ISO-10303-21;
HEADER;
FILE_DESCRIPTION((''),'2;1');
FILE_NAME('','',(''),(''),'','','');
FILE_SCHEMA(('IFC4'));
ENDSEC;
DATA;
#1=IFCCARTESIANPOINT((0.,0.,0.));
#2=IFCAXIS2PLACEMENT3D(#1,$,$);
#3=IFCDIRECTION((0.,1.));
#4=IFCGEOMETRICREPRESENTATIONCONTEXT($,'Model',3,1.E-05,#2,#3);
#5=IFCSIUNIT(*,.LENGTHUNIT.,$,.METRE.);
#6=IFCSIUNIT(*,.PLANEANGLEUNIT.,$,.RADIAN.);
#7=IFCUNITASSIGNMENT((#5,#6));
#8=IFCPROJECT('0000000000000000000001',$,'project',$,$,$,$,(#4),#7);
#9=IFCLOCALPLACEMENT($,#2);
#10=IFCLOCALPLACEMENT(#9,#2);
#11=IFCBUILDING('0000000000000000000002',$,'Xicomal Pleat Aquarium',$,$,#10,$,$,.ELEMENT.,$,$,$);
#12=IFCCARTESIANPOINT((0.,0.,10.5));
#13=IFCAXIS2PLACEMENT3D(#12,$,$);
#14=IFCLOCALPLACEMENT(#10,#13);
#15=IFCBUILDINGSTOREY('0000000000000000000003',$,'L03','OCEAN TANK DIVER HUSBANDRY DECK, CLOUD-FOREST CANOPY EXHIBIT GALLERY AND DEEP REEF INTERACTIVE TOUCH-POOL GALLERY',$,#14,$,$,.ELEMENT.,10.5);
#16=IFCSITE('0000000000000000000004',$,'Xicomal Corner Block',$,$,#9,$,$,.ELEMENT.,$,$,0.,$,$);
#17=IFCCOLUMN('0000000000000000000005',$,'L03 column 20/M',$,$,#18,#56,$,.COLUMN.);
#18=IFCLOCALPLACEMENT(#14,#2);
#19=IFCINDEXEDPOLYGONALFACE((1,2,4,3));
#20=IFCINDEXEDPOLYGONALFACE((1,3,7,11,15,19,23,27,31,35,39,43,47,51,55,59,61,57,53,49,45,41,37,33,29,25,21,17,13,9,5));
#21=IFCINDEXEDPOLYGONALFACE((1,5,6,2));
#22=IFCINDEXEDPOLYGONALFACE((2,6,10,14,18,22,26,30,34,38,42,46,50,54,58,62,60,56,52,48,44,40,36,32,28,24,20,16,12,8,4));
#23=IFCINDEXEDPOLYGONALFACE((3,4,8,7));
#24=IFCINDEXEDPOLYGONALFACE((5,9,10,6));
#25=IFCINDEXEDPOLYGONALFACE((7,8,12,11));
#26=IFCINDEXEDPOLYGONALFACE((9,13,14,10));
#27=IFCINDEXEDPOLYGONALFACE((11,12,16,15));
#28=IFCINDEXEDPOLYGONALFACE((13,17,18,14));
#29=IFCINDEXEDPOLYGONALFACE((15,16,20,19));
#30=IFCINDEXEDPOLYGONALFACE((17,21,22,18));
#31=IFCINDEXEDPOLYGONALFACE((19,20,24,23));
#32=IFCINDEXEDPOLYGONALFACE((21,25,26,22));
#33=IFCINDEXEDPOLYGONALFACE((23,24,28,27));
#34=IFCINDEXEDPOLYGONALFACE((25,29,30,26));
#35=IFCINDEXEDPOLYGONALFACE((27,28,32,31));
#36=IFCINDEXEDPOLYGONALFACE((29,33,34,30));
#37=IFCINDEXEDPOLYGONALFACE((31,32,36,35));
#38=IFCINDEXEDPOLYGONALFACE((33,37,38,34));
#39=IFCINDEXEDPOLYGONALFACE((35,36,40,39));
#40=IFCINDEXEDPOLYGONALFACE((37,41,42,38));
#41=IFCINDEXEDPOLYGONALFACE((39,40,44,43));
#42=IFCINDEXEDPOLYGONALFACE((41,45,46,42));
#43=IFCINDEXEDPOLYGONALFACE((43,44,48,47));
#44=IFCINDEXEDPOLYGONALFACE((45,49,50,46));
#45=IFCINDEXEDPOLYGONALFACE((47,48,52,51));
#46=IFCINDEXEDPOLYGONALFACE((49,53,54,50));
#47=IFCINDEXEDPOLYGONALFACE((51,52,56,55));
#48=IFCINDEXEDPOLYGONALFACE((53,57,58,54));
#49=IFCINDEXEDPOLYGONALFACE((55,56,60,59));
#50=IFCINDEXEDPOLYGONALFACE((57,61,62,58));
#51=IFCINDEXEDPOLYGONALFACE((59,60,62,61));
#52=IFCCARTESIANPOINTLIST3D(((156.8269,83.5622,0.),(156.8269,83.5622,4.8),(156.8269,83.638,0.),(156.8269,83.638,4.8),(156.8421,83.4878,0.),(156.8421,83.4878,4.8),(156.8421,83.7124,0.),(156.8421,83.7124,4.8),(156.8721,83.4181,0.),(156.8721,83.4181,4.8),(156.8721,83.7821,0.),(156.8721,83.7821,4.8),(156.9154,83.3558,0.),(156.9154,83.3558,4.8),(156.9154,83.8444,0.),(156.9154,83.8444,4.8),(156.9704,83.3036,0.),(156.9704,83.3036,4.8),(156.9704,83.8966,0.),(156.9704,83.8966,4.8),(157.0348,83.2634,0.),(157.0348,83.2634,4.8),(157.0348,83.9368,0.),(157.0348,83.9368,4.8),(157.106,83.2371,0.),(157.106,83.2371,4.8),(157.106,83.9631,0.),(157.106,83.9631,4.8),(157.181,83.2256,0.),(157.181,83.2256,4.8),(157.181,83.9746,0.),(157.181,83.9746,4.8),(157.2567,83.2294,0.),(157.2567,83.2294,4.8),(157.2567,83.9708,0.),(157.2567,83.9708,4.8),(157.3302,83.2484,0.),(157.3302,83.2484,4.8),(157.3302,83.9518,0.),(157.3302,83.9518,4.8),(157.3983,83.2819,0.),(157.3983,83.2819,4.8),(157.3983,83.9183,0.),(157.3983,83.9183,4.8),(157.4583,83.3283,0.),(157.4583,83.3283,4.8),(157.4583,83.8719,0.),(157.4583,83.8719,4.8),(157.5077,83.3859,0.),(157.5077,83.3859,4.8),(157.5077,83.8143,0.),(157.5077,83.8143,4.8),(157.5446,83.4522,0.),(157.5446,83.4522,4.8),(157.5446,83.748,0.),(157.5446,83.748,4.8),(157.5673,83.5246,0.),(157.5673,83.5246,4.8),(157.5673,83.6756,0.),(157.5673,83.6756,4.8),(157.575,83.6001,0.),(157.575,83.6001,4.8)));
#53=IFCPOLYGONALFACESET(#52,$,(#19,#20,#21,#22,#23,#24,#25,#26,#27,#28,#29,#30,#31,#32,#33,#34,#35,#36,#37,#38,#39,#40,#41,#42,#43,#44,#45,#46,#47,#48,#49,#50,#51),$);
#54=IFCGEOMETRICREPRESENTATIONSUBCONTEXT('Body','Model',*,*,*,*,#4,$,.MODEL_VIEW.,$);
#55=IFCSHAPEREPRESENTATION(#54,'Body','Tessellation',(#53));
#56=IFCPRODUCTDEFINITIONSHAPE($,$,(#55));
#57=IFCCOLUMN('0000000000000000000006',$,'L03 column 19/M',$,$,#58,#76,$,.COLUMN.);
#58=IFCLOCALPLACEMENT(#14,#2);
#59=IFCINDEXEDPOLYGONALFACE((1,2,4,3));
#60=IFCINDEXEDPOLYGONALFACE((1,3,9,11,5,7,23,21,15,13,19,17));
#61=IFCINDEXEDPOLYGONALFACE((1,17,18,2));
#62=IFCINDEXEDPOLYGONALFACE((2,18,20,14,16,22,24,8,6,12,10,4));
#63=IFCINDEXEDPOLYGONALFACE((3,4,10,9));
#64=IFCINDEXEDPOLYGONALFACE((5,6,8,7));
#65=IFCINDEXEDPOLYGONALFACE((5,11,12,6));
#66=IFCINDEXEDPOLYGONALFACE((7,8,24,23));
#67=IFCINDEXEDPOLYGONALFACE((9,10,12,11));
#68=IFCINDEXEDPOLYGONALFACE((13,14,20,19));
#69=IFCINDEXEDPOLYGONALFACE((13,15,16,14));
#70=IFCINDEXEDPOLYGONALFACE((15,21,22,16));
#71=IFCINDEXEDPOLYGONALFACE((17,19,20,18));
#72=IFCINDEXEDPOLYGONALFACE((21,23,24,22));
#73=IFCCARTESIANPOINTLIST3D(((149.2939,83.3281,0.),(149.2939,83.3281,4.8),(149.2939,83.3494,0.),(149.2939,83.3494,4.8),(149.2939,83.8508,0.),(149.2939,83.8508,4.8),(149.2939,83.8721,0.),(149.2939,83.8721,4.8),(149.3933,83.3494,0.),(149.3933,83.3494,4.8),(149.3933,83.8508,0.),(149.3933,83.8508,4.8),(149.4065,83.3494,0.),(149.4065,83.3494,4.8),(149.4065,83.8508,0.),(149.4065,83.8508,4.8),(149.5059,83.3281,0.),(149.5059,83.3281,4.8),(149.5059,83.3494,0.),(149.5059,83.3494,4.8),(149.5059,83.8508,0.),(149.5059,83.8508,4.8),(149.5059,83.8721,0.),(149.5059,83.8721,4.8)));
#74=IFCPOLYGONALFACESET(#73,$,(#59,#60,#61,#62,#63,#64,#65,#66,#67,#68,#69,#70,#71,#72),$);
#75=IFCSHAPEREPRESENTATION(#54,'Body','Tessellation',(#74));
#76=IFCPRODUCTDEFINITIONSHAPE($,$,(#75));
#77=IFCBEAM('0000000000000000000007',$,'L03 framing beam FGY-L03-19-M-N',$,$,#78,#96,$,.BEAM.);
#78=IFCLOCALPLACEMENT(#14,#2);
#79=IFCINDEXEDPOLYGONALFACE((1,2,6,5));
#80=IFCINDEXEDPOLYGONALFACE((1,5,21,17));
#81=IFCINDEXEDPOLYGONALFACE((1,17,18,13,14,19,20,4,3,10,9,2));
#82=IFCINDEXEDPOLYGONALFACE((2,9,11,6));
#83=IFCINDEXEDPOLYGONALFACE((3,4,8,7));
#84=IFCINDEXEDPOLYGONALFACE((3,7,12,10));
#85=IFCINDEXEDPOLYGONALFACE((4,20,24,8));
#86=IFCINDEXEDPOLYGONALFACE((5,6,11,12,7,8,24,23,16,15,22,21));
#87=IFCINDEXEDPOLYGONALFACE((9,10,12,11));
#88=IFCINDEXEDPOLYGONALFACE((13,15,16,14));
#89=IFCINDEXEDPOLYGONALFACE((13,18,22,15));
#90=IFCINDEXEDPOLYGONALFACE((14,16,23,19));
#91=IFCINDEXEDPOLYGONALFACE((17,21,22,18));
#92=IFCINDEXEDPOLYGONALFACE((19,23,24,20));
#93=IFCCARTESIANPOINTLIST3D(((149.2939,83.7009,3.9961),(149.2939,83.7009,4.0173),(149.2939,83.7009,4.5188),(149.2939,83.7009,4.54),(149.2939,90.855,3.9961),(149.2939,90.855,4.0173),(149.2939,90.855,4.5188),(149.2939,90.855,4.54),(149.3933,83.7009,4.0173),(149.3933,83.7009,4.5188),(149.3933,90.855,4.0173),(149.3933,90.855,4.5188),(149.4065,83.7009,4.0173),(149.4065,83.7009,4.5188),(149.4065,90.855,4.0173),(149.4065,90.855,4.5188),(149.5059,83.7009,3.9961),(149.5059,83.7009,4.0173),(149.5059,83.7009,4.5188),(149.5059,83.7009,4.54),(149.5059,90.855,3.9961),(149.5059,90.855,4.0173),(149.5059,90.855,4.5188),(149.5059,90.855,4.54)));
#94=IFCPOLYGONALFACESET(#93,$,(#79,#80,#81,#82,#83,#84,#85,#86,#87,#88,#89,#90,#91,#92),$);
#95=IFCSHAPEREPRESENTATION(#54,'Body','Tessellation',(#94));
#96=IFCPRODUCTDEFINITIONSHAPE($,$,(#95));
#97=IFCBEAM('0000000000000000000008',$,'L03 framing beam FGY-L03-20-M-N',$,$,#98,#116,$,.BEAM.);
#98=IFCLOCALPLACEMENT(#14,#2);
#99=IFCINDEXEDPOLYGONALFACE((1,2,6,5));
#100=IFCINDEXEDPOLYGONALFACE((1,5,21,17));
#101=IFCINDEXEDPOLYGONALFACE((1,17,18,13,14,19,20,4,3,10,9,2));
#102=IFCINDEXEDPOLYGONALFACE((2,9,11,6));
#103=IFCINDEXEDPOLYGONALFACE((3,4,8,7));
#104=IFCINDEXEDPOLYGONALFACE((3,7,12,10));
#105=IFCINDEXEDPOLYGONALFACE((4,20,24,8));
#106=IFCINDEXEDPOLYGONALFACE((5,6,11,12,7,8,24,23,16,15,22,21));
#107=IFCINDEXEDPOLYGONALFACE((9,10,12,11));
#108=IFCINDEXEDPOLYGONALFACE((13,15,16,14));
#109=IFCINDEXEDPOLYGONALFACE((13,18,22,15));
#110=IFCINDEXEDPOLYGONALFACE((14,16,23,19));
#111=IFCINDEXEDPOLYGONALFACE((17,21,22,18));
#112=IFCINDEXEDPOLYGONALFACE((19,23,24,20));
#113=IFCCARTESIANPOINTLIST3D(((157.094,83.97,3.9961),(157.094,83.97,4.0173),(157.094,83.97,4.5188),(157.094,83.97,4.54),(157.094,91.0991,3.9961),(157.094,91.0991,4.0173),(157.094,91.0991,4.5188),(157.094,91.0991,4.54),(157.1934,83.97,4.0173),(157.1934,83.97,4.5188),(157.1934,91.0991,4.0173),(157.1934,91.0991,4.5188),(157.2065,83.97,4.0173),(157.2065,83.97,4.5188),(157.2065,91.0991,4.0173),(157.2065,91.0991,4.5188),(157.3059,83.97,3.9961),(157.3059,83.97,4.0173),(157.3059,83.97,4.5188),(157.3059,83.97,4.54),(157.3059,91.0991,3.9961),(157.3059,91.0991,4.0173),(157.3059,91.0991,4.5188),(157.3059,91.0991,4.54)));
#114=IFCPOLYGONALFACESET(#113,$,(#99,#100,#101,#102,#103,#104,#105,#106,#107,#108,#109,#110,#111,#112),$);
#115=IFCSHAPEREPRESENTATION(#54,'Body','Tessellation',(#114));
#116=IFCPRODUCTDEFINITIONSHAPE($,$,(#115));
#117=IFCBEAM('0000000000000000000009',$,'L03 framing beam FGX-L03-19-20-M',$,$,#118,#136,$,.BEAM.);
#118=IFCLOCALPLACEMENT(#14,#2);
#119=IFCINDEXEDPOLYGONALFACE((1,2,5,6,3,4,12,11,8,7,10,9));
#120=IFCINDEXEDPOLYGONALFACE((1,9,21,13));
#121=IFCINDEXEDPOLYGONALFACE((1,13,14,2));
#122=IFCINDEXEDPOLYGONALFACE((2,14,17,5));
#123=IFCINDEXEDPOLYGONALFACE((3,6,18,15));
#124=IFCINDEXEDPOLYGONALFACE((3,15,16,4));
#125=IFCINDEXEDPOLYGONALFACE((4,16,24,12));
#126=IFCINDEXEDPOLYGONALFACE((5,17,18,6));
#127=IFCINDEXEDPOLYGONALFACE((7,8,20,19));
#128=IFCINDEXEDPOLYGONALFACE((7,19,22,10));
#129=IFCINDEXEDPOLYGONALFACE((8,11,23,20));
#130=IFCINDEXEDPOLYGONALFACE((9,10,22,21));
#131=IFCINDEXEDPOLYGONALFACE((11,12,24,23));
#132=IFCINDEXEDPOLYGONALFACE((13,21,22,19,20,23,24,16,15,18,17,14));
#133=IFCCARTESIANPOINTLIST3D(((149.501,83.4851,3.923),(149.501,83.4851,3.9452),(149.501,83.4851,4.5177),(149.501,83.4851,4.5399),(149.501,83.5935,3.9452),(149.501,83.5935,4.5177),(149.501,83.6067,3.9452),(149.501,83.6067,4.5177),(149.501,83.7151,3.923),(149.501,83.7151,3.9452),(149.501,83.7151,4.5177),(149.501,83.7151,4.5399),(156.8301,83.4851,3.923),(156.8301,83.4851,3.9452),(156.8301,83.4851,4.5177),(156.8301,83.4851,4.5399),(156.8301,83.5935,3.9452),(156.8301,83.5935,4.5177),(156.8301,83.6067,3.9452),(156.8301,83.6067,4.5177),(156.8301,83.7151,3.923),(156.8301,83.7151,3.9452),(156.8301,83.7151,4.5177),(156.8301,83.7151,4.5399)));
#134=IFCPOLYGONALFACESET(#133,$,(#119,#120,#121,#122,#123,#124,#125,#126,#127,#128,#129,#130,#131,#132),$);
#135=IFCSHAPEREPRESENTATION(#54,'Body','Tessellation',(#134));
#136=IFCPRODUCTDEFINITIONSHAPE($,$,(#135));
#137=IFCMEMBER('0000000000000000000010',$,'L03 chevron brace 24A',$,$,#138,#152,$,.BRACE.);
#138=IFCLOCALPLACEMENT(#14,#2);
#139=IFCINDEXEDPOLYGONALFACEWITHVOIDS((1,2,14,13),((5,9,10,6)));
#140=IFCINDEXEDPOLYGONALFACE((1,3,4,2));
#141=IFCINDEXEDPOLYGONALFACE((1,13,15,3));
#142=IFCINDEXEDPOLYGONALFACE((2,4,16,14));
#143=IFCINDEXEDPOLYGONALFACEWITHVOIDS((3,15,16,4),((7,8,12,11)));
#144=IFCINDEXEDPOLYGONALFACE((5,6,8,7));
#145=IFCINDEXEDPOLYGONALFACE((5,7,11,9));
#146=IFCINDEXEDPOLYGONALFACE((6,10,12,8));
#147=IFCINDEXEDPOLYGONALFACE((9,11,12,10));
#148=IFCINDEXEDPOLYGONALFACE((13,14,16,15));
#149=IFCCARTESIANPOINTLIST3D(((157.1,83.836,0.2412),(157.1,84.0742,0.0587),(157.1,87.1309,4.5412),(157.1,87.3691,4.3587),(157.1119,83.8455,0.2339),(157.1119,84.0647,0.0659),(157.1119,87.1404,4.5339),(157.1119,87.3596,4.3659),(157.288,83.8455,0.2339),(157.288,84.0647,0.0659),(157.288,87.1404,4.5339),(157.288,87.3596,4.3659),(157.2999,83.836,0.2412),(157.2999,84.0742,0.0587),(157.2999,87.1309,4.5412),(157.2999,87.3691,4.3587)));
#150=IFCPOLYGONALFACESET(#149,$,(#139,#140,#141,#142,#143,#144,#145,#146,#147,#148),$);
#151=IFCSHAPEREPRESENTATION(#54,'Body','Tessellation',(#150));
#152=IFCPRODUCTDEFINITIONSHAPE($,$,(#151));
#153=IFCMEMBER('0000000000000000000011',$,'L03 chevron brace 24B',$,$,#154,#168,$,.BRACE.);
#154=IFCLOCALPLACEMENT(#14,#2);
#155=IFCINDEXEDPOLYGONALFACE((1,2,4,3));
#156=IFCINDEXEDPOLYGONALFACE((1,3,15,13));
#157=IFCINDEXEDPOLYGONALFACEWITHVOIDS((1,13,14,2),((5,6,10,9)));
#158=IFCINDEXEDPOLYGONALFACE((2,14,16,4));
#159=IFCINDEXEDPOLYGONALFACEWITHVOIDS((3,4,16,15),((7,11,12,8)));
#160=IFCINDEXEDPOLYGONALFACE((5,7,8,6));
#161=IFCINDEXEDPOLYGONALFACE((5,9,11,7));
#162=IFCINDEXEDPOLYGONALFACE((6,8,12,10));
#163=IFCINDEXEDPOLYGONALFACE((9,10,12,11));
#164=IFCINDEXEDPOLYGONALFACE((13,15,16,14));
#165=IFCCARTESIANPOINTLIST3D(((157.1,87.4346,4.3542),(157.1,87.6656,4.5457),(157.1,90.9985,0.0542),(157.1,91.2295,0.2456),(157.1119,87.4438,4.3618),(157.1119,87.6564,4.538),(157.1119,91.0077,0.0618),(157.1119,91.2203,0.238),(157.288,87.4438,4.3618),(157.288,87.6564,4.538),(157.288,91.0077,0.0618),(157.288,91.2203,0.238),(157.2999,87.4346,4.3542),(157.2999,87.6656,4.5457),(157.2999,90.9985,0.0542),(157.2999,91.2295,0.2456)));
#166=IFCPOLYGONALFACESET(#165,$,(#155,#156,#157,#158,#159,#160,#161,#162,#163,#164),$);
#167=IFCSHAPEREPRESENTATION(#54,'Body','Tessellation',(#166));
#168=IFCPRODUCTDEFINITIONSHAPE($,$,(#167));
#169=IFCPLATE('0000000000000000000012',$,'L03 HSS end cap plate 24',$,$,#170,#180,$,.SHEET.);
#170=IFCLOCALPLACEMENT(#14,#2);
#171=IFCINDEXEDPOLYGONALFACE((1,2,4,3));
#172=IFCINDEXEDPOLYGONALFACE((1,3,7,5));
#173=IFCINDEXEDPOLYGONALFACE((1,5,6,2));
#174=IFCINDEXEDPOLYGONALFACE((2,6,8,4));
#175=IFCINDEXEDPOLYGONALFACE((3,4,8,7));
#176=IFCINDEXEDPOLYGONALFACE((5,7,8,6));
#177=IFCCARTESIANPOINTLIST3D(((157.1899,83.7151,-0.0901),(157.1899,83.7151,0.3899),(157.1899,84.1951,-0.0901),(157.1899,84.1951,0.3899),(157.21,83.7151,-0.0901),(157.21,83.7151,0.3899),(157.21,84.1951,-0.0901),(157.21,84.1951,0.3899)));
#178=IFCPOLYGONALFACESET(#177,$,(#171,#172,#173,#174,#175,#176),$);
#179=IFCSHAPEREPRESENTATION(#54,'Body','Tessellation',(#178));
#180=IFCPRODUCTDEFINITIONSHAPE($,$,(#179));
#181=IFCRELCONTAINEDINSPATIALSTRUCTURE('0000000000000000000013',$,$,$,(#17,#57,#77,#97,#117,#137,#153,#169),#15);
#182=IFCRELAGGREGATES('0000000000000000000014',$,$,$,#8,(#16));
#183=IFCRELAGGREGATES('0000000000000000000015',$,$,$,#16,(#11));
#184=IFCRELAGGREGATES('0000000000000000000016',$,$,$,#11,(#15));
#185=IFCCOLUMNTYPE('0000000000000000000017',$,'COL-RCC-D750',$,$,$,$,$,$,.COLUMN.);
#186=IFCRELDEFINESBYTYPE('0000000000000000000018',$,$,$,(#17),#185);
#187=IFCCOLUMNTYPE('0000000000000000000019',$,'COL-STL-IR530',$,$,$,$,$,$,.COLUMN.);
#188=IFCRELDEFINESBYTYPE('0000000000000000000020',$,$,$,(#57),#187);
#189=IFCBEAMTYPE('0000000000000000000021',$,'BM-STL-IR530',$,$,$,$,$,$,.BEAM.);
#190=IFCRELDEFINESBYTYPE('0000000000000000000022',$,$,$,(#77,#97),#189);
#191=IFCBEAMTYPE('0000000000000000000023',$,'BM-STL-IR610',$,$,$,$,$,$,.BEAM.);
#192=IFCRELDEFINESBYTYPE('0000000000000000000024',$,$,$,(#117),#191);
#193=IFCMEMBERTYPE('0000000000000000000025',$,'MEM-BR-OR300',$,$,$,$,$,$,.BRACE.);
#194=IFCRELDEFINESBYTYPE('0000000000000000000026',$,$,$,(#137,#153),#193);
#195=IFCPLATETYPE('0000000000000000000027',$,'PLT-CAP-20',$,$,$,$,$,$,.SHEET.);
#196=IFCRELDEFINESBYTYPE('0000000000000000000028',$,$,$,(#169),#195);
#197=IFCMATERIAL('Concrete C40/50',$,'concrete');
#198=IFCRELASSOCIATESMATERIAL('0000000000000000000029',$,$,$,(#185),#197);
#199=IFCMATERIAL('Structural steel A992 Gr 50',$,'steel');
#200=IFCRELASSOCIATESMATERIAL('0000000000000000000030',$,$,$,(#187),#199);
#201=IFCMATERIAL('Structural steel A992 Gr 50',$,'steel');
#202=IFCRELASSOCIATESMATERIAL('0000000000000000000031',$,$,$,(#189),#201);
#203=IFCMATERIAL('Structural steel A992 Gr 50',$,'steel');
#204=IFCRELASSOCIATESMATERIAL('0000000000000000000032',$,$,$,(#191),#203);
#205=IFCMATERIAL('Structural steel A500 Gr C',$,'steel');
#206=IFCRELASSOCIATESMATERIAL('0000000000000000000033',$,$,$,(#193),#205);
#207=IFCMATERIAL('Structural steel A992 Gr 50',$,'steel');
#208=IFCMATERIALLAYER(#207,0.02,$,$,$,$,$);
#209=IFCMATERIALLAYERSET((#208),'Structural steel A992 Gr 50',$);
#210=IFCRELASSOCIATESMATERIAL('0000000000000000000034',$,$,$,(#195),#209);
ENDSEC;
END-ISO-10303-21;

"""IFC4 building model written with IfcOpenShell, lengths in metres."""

from ifc_helpers import new_model, si_unit, direction, frame, origin, origin_2d, place, context, subcontext, project, spatial, rectangle, hollow_rectangle, circle, i_section, extrude, material, layer, layer_set, material_profile, profile_set, type_object, element, save


model = new_model("IFC4")

# Units and contexts
model_context = context("Model", 3, precision=1e-05, world=origin(), true_north=direction((0.0, 1.0)))
body_context = subcontext(model_context, "Body", "Model", "MODEL_VIEW")
ifc_project = project(units=[si_unit("LENGTHUNIT", "METRE"), si_unit("PLANEANGLEUNIT", "RADIAN")], contexts=[model_context])

# Site, building, storey
site_placement = place(None, origin())
site = spatial("IfcSite", under=ifc_project, at=site_placement, Name="Xicomal Corner Block", CompositionType="ELEMENT", RefElevation=0.0)
building_placement = place(site_placement, origin())
building = spatial("IfcBuilding", under=site, at=building_placement, Name="Xicomal Pleat Aquarium", CompositionType="ELEMENT")
storey_placement = place(building_placement, frame((0.0, 0.0, 10.5)))
storey = spatial("IfcBuildingStorey", under=building, at=storey_placement, Name="L03", Description="OCEAN TANK DIVER HUSBANDRY DECK, CLOUD-FOREST CANOPY EXHIBIT GALLERY AND DEEP REEF INTERACTIVE TOUCH-POOL GALLERY", CompositionType="ELEMENT", Elevation=10.5)

# Columns
ifc_material_1 = material(Name="Concrete C40/50", Category="concrete")
ifc_material_profile_1 = material_profile(ifc_material_1, circle(Radius=0.375, at=origin_2d()), Name="RCC D750")
ifc_profile_set_1 = profile_set([ifc_material_profile_1], Name="Concrete C40/50")
column_type_1 = type_object("IfcColumnType", Name="COL-RCC-D750", PredefinedType="COLUMN", material=ifc_profile_set_1)
column_1_placement = place(storey_placement, frame((157.2, 83.6001, 0.0), z_axis=(0.0, 0.0, 1.0), x_axis=(1.0, 0.0, 0.0)))
element("IfcColumn", 1, at=column_1_placement, inside=storey, type_object=column_type_1, Name="L03 column 20/M", PredefinedType="COLUMN", context=body_context, shape_type="SweptSolid", body=[
    extrude(circle(Radius=0.375, at=origin_2d()), origin(), (0.0, 0.0, 1.0), 4.8),
])
ifc_material_2 = material(Name="Structural steel A992 Gr 50", Category="steel")
ifc_material_profile_2 = material_profile(ifc_material_2, i_section(OverallWidth=0.2119, OverallDepth=0.5439, WebThickness=0.0132, FlangeThickness=0.0212, at=origin_2d()), Name="IR 530x123")
ifc_profile_set_2 = profile_set([ifc_material_profile_2], Name="Structural steel A992 Gr 50")
column_type_2 = type_object("IfcColumnType", Name="COL-STL-IR530", PredefinedType="COLUMN", material=ifc_profile_set_2)
column_2_placement = place(storey_placement, frame((149.3999, 83.6001, 0.0), z_axis=(0.0, 0.0, 1.0), x_axis=(1.0, 0.0, 0.0)))
element("IfcColumn", 2, at=column_2_placement, inside=storey, type_object=column_type_2, Name="L03 column 19/M", PredefinedType="COLUMN", context=body_context, shape_type="SweptSolid", body=[
    extrude(i_section(OverallWidth=0.2119, OverallDepth=0.5439, WebThickness=0.0132, FlangeThickness=0.0212, at=origin_2d()), origin(), (0.0, 0.0, 1.0), 4.8),
])

# Beams
ifc_material_3 = material(Name="Structural steel A992 Gr 50", Category="steel")
ifc_material_profile_3 = material_profile(ifc_material_3, i_section(OverallWidth=0.2119, OverallDepth=0.5439, WebThickness=0.0132, FlangeThickness=0.0212, at=origin_2d()), Name="IR 530x123")
ifc_profile_set_3 = profile_set([ifc_material_profile_3], Name="Structural steel A992 Gr 50")
beam_type_1 = type_object("IfcBeamType", Name="BM-STL-IR530", PredefinedType="BEAM", material=ifc_profile_set_3)
beam_1_placement = place(storey_placement, frame((149.3999, 83.7009, 4.2681), z_axis=(0.0, 1.0, 0.0), x_axis=(-1.0, 0.0, 0.0)))
element("IfcBeam", 3, at=beam_1_placement, inside=storey, type_object=beam_type_1, Name="L03 framing beam FGY-L03-19-M-N", PredefinedType="BEAM", context=body_context, shape_type="SweptSolid", body=[
    extrude(i_section(OverallWidth=0.2119, OverallDepth=0.5439, WebThickness=0.0132, FlangeThickness=0.0212, at=origin_2d()), origin(), (0.0, 0.0, 1.0), 7.1541),
])
beam_2_placement = place(storey_placement, frame((157.2, 83.97, 4.2681), z_axis=(0.0, 1.0, 0.0), x_axis=(-1.0, 0.0, 0.0)))
element("IfcBeam", 4, at=beam_2_placement, inside=storey, type_object=beam_type_1, Name="L03 framing beam FGY-L03-20-M-N", PredefinedType="BEAM", context=body_context, shape_type="SweptSolid", body=[
    extrude(i_section(OverallWidth=0.2119, OverallDepth=0.5439, WebThickness=0.0132, FlangeThickness=0.0212, at=origin_2d()), origin(), (0.0, 0.0, 1.0), 7.1292),
])
ifc_material_4 = material(Name="Structural steel A992 Gr 50", Category="steel")
ifc_material_profile_4 = material_profile(ifc_material_4, i_section(OverallWidth=0.23, OverallDepth=0.6169, WebThickness=0.0132, FlangeThickness=0.0222, at=origin_2d()), Name="IR 610x140")
ifc_profile_set_4 = profile_set([ifc_material_profile_4], Name="Structural steel A992 Gr 50")
beam_type_2 = type_object("IfcBeamType", Name="BM-STL-IR610", PredefinedType="BEAM", material=ifc_profile_set_4)
beam_3_placement = place(storey_placement, frame((149.501, 83.6001, 4.2314), z_axis=(1.0, 0.0, 0.0), x_axis=(0.0, 1.0, 0.0)))
element("IfcBeam", 5, at=beam_3_placement, inside=storey, type_object=beam_type_2, Name="L03 framing beam FGX-L03-19-20-M", PredefinedType="BEAM", context=body_context, shape_type="SweptSolid", body=[
    extrude(i_section(OverallWidth=0.23, OverallDepth=0.6169, WebThickness=0.0132, FlangeThickness=0.0222, at=origin_2d()), origin(), (0.0, 0.0, 1.0), 7.3291),
])

# Members
ifc_material_5 = material(Name="Structural steel A500 Gr C", Category="steel")
ifc_material_profile_5 = material_profile(ifc_material_5, hollow_rectangle(XDim=0.2, YDim=0.3, WallThickness=0.012, at=origin_2d()), Name="OR 300x200x12")
ifc_profile_set_5 = profile_set([ifc_material_profile_5], Name="Structural steel A500 Gr C")
member_type = type_object("IfcMemberType", Name="MEM-BR-OR300", PredefinedType="BRACE", material=ifc_profile_set_5)
member_1_placement = place(storey_placement, frame((157.2, 83.9551, 0.1499), z_axis=(0.0, 0.608224, 0.793765), x_axis=(-1.0, 0.0, 0.0)))
element("IfcMember", 6, at=member_1_placement, inside=storey, type_object=member_type, Name="L03 chevron brace 24A", PredefinedType="BRACE", context=body_context, shape_type="SweptSolid", body=[
    extrude(hollow_rectangle(XDim=0.2, YDim=0.3, WallThickness=0.012, at=origin_2d()), origin(), (0.0, 0.0, 1.0), 5.4172),
])
member_2_placement = place(storey_placement, frame((157.2, 91.114, 0.1499), z_axis=(0.0, -0.638131, 0.769928), x_axis=(1.0, 0.0, 0.0)))
element("IfcMember", 7, at=member_2_placement, inside=storey, type_object=member_type, Name="L03 chevron brace 24B", PredefinedType="BRACE", context=body_context, shape_type="SweptSolid", body=[
    extrude(hollow_rectangle(XDim=0.2, YDim=0.3, WallThickness=0.012, at=origin_2d()), origin(), (0.0, 0.0, 1.0), 5.585),
])

# Plate
ifc_material_6 = material(Name="Structural steel A992 Gr 50", Category="steel")
ifc_layer_1 = layer(ifc_material_6, 0.02)
ifc_layer_set_1 = layer_set([ifc_layer_1], Name="Structural steel A992 Gr 50")
plate_type_1 = type_object("IfcPlateType", Name="PLT-CAP-20", PredefinedType="SHEET", material=ifc_layer_set_1)
plate_1_placement = place(storey_placement, frame((157.2, 83.9551, -0.0901), z_axis=(0.0, 0.0, 1.0), x_axis=(0.0, 1.0, 0.0)))
element("IfcPlate", 8, at=plate_1_placement, inside=storey, type_object=plate_type_1, Name="L03 HSS end cap plate 24", PredefinedType="SHEET", context=body_context, shape_type="SweptSolid", body=[
    extrude(rectangle(XDim=0.48, YDim=0.02, at=origin_2d()), origin(), (0.0, 0.0, 1.0), 0.48),
])

save(model, "model.ifc")
